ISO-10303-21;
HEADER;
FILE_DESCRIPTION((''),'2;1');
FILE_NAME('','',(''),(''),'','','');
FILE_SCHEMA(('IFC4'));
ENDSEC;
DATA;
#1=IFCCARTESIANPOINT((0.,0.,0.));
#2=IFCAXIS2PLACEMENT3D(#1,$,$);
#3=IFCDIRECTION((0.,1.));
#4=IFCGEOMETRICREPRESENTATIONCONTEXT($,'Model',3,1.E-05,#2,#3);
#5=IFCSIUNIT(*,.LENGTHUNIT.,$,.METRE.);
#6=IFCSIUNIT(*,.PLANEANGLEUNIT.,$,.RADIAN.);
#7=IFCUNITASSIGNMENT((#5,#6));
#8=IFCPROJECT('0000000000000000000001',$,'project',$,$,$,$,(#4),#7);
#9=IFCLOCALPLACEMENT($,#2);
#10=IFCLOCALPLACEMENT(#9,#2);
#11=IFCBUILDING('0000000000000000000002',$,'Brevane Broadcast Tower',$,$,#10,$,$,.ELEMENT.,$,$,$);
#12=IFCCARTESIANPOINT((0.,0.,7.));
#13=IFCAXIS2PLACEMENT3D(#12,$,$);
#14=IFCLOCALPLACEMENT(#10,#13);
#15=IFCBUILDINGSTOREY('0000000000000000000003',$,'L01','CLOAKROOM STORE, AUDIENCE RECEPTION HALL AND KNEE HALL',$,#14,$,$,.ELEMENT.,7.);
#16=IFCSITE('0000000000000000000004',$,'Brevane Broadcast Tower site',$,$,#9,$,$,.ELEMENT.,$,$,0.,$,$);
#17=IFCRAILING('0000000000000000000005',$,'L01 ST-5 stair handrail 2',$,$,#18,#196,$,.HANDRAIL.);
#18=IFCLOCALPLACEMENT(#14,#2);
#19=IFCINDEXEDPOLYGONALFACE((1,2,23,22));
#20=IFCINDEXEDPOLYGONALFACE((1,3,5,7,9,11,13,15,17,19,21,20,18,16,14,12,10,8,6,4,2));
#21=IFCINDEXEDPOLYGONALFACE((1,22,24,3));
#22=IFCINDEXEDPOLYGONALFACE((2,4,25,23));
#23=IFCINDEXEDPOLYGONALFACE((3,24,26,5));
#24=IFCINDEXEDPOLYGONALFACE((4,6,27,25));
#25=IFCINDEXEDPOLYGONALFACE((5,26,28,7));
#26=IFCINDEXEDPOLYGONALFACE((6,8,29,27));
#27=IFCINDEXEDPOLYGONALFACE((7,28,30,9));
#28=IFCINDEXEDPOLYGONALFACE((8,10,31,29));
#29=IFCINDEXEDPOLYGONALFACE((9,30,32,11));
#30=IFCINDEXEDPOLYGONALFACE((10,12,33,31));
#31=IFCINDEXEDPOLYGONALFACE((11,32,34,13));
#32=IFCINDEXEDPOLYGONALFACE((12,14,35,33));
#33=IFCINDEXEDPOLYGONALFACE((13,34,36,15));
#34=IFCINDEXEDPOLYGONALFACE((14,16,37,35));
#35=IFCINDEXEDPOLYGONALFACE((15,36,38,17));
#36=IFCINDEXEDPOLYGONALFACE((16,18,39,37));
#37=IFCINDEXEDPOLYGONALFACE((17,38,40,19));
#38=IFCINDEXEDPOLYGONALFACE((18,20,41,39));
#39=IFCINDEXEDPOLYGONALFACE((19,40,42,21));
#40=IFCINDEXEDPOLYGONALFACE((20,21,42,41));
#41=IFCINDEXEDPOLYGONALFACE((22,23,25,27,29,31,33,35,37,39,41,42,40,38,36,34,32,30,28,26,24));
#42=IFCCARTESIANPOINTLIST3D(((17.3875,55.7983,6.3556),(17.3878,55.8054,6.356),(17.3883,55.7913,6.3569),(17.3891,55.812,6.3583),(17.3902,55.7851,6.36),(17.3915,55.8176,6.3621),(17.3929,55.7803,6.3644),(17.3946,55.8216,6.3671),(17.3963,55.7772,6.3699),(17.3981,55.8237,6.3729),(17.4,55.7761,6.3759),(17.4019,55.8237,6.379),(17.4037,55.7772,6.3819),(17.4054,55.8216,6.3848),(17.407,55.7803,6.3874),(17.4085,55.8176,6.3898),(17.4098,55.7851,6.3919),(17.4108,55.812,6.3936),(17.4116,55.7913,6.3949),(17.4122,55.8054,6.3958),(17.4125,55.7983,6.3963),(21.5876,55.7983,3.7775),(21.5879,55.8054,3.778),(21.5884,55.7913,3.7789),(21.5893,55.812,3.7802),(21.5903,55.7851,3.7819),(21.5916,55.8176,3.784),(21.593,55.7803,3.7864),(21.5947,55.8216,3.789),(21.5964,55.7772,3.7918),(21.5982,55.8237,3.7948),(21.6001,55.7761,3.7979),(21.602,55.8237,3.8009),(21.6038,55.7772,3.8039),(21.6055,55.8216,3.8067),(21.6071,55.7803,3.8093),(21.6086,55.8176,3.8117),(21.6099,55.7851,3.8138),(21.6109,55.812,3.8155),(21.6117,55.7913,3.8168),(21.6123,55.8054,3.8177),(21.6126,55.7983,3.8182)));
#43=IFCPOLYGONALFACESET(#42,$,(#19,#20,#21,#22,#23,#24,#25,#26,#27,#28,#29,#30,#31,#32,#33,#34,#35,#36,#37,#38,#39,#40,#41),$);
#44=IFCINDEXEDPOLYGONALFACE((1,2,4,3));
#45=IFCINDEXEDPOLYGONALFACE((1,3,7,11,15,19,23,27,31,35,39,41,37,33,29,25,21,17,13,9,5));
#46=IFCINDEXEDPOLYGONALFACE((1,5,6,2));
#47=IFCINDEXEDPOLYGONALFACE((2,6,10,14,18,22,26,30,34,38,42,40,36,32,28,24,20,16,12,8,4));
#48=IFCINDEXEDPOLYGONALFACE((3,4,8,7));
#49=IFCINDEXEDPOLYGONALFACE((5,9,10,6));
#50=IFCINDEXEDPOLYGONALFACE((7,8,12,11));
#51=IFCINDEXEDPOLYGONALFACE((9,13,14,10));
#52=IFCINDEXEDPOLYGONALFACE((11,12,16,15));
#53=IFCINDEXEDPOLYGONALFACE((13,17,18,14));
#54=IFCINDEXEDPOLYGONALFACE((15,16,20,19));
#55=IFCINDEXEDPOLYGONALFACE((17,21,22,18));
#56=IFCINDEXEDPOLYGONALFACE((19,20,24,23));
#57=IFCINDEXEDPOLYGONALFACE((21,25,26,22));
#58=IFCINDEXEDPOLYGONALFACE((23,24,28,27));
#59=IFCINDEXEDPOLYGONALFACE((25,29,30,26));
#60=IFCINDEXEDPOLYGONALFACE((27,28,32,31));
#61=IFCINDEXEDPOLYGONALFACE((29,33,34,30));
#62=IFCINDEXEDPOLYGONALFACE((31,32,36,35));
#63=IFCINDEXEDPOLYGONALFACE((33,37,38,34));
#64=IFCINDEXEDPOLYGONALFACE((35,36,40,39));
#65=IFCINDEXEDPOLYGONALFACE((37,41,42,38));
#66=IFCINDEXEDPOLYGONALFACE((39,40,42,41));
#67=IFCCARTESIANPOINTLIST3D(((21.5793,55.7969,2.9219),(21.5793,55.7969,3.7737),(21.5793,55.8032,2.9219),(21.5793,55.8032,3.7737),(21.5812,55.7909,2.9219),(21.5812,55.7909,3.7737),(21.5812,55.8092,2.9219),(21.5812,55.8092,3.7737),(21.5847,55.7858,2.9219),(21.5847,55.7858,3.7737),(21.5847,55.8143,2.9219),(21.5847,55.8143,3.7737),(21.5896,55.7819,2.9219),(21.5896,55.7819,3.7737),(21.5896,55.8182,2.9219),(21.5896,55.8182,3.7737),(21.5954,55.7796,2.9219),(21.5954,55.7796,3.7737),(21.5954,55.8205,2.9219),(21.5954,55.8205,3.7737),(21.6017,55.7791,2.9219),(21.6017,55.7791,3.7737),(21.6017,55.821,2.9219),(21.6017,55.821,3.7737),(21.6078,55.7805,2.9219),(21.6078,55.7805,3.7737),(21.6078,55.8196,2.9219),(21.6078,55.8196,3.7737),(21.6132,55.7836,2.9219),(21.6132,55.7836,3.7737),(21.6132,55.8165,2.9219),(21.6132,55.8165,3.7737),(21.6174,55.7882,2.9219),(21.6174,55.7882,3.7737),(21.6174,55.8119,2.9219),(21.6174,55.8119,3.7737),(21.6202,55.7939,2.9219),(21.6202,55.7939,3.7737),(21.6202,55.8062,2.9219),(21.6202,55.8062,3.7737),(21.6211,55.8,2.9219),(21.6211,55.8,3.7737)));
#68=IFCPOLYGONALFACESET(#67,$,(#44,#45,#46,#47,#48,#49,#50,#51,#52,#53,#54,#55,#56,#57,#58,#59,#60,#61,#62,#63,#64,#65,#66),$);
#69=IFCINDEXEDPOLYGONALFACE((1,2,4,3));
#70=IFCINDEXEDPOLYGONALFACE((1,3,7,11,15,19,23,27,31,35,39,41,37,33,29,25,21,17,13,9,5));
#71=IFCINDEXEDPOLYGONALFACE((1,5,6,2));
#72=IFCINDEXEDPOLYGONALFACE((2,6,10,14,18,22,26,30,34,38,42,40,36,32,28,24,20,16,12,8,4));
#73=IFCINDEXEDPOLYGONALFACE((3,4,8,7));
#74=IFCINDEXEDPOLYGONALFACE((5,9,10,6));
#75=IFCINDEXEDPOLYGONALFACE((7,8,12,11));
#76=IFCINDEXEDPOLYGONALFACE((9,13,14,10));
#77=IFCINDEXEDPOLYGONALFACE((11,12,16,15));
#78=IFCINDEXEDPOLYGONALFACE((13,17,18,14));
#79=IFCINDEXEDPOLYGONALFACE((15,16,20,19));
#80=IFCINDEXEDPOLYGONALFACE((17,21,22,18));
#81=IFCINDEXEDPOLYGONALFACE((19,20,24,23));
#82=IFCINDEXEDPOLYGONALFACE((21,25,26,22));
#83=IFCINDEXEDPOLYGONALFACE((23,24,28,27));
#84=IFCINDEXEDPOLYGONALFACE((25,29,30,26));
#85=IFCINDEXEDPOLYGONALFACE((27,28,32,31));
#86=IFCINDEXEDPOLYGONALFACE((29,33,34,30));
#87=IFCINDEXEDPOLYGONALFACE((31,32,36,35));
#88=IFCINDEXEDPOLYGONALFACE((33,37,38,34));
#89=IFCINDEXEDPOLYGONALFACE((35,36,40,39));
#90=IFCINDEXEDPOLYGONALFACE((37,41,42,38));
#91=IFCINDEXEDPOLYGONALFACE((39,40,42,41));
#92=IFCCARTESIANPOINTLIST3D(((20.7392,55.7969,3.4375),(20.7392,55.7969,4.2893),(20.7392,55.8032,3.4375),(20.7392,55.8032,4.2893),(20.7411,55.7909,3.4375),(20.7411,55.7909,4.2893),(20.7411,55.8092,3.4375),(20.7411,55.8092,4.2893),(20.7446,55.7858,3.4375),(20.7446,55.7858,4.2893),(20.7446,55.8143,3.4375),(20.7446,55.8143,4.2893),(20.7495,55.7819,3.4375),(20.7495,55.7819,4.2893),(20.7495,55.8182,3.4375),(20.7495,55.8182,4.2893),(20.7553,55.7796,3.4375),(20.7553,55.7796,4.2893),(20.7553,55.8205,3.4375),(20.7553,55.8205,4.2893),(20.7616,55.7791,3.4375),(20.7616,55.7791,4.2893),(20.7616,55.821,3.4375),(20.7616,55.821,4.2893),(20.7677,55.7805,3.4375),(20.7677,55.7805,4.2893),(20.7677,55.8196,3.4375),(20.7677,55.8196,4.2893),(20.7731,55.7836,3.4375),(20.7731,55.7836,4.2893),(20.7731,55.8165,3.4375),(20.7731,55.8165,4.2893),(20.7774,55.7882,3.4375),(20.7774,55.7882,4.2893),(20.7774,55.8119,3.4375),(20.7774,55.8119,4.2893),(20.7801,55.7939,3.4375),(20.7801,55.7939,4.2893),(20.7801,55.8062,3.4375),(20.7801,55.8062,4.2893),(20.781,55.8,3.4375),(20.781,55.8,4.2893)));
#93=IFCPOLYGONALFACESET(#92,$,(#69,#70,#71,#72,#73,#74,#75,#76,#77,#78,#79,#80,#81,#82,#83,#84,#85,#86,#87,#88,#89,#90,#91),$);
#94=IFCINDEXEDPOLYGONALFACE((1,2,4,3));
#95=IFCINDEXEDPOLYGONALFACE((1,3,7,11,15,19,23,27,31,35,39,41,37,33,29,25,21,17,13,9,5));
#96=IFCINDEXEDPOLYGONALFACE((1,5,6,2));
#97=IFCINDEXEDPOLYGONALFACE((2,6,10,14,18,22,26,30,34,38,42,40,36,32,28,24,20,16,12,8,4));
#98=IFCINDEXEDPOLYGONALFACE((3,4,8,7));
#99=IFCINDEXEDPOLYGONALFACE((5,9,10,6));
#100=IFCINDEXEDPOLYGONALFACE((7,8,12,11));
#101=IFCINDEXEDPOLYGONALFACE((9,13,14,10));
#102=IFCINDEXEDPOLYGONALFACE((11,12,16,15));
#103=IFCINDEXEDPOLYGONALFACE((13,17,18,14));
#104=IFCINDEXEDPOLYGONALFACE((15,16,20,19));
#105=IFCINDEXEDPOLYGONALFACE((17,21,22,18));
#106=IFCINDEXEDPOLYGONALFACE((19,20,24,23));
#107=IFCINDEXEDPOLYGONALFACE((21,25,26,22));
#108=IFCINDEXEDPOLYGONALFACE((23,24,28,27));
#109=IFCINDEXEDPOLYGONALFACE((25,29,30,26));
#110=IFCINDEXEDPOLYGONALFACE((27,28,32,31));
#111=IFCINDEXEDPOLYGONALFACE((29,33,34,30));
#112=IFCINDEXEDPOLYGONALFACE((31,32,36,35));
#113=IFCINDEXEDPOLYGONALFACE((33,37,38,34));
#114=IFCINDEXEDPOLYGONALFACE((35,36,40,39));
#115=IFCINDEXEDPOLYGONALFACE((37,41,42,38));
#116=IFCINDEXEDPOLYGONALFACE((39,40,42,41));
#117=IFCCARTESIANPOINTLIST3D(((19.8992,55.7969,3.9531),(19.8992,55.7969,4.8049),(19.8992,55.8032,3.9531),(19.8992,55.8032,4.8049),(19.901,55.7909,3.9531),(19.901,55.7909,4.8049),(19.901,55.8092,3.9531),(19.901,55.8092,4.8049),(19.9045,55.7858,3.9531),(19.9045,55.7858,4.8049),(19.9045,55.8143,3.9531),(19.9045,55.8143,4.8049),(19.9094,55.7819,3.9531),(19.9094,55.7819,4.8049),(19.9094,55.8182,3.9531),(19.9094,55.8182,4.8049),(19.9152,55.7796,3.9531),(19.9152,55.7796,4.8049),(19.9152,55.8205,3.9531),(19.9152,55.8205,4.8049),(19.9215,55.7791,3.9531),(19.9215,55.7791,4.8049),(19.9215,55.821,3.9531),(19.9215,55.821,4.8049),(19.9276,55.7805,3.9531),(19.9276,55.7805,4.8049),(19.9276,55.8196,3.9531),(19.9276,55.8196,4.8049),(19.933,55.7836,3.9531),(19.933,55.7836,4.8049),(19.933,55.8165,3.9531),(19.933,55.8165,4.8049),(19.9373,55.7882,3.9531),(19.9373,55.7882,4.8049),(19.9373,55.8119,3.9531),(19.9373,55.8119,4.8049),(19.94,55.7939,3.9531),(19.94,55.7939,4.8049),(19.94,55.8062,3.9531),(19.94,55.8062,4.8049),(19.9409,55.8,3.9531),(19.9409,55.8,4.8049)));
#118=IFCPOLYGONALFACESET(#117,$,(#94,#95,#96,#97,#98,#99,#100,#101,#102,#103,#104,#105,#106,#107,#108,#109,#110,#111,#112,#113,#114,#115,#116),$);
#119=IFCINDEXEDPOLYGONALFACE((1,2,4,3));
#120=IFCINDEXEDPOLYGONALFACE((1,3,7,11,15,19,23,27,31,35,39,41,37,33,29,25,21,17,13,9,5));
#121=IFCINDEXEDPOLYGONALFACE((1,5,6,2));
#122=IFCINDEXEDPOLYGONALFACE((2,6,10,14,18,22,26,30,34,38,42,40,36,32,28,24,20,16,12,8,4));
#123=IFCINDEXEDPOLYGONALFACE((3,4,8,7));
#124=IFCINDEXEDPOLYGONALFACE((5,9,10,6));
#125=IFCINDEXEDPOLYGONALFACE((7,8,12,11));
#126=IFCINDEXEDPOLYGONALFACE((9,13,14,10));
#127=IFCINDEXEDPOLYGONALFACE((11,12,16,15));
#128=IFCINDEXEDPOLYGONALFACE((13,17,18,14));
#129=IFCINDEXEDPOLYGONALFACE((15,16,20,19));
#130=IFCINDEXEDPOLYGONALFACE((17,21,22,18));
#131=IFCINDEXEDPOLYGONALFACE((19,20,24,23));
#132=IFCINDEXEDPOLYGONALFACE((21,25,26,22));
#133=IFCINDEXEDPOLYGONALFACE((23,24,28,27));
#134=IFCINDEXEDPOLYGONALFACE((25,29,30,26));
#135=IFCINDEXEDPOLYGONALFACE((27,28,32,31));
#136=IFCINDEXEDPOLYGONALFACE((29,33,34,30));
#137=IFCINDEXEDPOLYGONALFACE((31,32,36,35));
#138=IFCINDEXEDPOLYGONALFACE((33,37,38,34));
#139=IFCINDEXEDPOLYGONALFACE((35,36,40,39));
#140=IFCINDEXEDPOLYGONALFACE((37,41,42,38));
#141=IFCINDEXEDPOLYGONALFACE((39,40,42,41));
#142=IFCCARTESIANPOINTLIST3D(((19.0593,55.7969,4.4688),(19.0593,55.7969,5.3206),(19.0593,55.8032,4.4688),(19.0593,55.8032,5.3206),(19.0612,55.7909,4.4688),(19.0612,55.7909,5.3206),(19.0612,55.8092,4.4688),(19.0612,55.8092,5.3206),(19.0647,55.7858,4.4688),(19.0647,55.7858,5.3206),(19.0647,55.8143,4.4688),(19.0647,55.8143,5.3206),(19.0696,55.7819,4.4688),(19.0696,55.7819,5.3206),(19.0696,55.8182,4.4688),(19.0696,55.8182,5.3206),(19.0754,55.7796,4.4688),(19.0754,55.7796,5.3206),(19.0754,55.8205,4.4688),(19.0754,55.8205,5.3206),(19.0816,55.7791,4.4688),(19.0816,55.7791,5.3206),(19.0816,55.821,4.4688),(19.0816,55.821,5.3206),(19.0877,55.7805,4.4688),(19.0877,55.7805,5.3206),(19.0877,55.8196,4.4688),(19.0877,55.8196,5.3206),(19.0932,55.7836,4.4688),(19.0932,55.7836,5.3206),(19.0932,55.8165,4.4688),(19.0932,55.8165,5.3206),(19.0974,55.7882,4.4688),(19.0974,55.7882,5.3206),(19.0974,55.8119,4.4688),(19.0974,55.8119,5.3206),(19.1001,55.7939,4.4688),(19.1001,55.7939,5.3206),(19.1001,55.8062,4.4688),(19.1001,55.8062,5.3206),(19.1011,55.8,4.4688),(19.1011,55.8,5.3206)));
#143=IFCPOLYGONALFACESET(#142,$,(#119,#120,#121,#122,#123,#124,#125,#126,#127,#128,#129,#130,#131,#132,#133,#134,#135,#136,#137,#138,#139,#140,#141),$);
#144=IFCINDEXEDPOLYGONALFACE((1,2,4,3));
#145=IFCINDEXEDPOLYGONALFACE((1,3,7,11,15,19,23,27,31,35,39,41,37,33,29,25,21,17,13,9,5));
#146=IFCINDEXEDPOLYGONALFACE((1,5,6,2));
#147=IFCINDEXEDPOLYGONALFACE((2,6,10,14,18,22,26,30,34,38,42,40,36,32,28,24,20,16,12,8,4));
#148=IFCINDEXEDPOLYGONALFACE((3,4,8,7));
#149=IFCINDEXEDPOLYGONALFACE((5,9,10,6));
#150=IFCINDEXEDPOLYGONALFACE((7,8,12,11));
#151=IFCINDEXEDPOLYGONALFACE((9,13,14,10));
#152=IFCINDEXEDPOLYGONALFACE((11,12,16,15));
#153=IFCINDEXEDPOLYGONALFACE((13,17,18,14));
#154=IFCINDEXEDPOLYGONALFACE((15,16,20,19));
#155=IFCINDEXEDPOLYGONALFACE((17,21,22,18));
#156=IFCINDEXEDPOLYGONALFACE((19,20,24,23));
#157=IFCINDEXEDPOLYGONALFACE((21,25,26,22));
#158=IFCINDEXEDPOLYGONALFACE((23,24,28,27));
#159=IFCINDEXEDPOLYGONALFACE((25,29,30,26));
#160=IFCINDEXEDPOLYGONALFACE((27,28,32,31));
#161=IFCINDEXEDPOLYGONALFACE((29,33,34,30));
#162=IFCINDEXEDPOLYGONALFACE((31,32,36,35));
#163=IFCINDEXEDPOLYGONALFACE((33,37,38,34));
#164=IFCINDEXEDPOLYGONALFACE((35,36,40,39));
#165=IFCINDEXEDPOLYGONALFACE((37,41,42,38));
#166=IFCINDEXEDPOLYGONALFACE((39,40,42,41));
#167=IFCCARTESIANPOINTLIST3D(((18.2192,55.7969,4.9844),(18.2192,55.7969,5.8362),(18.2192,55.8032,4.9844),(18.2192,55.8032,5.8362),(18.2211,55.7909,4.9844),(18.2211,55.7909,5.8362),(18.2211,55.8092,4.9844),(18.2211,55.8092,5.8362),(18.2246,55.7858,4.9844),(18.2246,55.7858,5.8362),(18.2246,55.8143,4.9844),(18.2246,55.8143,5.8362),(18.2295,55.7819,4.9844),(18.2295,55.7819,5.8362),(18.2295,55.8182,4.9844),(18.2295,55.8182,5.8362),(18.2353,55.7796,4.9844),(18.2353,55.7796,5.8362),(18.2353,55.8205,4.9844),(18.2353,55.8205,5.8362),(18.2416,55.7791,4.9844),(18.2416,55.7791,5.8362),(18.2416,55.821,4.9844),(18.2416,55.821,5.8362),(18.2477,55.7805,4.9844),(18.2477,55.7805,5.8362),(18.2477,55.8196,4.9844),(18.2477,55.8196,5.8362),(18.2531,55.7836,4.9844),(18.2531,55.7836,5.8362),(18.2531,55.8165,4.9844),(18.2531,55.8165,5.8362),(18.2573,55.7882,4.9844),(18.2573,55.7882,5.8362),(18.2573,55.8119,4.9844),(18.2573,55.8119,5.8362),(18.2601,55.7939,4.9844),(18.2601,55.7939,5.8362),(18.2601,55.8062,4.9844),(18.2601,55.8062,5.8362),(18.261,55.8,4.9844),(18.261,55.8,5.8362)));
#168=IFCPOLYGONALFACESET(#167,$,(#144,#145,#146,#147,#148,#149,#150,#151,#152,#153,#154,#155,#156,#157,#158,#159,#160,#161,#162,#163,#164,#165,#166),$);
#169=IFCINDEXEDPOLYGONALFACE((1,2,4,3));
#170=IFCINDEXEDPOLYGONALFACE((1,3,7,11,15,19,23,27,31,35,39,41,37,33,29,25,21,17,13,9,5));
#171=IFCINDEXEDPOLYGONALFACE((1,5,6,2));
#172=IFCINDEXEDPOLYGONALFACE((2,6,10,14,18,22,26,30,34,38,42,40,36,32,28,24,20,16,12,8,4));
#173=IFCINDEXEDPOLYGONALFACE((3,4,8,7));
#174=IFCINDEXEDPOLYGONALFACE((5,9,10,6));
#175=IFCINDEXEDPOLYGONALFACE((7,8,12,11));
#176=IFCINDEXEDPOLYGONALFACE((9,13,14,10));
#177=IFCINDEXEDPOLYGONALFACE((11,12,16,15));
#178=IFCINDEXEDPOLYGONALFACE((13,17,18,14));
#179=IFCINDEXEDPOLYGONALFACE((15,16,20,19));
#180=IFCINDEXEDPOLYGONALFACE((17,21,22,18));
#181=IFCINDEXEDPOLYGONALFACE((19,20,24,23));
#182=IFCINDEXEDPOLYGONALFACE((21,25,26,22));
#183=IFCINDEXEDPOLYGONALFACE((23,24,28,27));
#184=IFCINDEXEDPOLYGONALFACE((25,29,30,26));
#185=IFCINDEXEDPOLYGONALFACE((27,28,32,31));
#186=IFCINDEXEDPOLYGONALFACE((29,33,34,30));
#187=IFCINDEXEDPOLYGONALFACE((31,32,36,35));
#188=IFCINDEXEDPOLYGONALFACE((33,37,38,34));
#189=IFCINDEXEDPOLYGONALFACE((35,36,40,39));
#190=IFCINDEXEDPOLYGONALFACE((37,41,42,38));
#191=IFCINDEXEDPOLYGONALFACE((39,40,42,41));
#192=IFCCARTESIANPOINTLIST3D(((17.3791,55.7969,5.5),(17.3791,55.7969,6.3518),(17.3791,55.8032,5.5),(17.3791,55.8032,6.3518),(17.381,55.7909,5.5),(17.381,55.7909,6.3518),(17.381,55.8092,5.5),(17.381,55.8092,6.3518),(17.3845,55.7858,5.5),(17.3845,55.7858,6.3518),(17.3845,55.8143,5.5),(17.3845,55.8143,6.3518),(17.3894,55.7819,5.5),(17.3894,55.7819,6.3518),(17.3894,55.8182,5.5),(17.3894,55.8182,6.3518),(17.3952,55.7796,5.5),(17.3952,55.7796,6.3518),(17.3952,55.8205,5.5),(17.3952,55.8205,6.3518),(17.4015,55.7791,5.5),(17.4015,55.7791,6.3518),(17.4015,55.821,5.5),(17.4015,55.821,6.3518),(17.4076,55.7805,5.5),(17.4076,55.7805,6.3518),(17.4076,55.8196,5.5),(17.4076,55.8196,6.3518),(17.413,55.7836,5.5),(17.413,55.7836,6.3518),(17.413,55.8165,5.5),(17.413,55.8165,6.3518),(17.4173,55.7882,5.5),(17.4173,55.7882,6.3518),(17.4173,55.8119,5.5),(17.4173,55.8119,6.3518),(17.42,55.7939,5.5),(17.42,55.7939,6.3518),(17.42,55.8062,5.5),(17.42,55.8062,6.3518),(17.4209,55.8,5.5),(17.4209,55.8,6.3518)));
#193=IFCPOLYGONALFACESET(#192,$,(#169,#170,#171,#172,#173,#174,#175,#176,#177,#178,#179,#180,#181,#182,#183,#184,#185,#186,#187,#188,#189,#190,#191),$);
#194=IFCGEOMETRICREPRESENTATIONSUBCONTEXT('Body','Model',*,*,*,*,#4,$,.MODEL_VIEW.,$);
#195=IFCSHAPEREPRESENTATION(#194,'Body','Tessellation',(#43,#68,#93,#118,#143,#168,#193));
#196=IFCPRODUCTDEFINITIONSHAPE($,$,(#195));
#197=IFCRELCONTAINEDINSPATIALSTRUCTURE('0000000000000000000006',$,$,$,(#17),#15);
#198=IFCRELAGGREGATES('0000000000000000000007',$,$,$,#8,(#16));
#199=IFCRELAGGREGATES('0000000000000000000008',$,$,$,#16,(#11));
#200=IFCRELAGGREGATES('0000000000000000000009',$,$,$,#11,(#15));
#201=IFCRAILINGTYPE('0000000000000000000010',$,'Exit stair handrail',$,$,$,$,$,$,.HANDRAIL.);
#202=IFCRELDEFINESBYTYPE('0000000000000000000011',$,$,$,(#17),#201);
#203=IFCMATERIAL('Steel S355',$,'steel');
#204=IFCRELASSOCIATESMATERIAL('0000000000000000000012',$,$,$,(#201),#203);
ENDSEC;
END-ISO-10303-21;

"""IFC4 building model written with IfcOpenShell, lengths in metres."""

from ifc_helpers import new_model, si_unit, direction, frame, origin, origin_2d, place, context, subcontext, project, spatial, circle, extrude, material, type_object, element, save


model = new_model("IFC4")

# Units and contexts
model_context = context("Model", 3, precision=1e-05, world=origin(), true_north=direction((0.0, 1.0)))
body_context = subcontext(model_context, "Body", "Model", "MODEL_VIEW")
ifc_project = project(units=[si_unit("LENGTHUNIT", "METRE"), si_unit("PLANEANGLEUNIT", "RADIAN")], contexts=[model_context])

# Site, building, storey
site_placement = place(None, origin())
site = spatial("IfcSite", under=ifc_project, at=site_placement, Name="Brevane Broadcast Tower site", CompositionType="ELEMENT", RefElevation=0.0)
building_placement = place(site_placement, origin())
building = spatial("IfcBuilding", under=site, at=building_placement, Name="Brevane Broadcast Tower", CompositionType="ELEMENT")
storey_placement = place(building_placement, frame((0.0, 0.0, 7.0)))
storey = spatial("IfcBuildingStorey", under=building, at=storey_placement, Name="L01", Description="CLOAKROOM STORE, AUDIENCE RECEPTION HALL AND KNEE HALL", CompositionType="ELEMENT", Elevation=7.0)

# Railing
ifc_material_1 = material(Name="Steel S355", Category="steel")
railing_type_1 = type_object("IfcRailingType", Name="Exit stair handrail", PredefinedType="HANDRAIL", material=ifc_material_1)
railing_1_placement = place(storey_placement, frame((21.6001, 55.8, 2.9219)))
element("IfcRailing", 1, at=railing_1_placement, inside=storey, type_object=railing_type_1, Name="L01 ST-5 stair handrail 2", PredefinedType="HANDRAIL", context=body_context, shape_type="SweptSolid", body=[
    extrude(circle(Radius=0.0239, at=origin_2d()), frame((0.0, 0.0, 0.876), z_axis=(-0.852256, 0.0, 0.523124), x_axis=(0.0, -1.0, 0.0)), (0.0, 0.0, 1.0), 4.9282),
    extrude(circle(Radius=0.021, at=origin_2d()), origin(), (0.0, 0.0, 1.0), 0.8518),
    extrude(circle(Radius=0.021, at=origin_2d()), frame((-0.8401, 0.0, 0.5156)), (0.0, 0.0, 1.0), 0.8518),
    extrude(circle(Radius=0.021, at=origin_2d()), frame((-1.6802, 0.0, 1.0312)), (0.0, 0.0, 1.0), 0.8518),
    extrude(circle(Radius=0.021, at=origin_2d()), frame((-2.52, 0.0, 1.5469)), (0.0, 0.0, 1.0), 0.8518),
    extrude(circle(Radius=0.021, at=origin_2d()), frame((-3.3601, 0.0, 2.0625)), (0.0, 0.0, 1.0), 0.8518),
    extrude(circle(Radius=0.021, at=origin_2d()), frame((-4.2002, 0.0, 2.5781)), (0.0, 0.0, 1.0), 0.8518),
])

save(model, "model.ifc")
